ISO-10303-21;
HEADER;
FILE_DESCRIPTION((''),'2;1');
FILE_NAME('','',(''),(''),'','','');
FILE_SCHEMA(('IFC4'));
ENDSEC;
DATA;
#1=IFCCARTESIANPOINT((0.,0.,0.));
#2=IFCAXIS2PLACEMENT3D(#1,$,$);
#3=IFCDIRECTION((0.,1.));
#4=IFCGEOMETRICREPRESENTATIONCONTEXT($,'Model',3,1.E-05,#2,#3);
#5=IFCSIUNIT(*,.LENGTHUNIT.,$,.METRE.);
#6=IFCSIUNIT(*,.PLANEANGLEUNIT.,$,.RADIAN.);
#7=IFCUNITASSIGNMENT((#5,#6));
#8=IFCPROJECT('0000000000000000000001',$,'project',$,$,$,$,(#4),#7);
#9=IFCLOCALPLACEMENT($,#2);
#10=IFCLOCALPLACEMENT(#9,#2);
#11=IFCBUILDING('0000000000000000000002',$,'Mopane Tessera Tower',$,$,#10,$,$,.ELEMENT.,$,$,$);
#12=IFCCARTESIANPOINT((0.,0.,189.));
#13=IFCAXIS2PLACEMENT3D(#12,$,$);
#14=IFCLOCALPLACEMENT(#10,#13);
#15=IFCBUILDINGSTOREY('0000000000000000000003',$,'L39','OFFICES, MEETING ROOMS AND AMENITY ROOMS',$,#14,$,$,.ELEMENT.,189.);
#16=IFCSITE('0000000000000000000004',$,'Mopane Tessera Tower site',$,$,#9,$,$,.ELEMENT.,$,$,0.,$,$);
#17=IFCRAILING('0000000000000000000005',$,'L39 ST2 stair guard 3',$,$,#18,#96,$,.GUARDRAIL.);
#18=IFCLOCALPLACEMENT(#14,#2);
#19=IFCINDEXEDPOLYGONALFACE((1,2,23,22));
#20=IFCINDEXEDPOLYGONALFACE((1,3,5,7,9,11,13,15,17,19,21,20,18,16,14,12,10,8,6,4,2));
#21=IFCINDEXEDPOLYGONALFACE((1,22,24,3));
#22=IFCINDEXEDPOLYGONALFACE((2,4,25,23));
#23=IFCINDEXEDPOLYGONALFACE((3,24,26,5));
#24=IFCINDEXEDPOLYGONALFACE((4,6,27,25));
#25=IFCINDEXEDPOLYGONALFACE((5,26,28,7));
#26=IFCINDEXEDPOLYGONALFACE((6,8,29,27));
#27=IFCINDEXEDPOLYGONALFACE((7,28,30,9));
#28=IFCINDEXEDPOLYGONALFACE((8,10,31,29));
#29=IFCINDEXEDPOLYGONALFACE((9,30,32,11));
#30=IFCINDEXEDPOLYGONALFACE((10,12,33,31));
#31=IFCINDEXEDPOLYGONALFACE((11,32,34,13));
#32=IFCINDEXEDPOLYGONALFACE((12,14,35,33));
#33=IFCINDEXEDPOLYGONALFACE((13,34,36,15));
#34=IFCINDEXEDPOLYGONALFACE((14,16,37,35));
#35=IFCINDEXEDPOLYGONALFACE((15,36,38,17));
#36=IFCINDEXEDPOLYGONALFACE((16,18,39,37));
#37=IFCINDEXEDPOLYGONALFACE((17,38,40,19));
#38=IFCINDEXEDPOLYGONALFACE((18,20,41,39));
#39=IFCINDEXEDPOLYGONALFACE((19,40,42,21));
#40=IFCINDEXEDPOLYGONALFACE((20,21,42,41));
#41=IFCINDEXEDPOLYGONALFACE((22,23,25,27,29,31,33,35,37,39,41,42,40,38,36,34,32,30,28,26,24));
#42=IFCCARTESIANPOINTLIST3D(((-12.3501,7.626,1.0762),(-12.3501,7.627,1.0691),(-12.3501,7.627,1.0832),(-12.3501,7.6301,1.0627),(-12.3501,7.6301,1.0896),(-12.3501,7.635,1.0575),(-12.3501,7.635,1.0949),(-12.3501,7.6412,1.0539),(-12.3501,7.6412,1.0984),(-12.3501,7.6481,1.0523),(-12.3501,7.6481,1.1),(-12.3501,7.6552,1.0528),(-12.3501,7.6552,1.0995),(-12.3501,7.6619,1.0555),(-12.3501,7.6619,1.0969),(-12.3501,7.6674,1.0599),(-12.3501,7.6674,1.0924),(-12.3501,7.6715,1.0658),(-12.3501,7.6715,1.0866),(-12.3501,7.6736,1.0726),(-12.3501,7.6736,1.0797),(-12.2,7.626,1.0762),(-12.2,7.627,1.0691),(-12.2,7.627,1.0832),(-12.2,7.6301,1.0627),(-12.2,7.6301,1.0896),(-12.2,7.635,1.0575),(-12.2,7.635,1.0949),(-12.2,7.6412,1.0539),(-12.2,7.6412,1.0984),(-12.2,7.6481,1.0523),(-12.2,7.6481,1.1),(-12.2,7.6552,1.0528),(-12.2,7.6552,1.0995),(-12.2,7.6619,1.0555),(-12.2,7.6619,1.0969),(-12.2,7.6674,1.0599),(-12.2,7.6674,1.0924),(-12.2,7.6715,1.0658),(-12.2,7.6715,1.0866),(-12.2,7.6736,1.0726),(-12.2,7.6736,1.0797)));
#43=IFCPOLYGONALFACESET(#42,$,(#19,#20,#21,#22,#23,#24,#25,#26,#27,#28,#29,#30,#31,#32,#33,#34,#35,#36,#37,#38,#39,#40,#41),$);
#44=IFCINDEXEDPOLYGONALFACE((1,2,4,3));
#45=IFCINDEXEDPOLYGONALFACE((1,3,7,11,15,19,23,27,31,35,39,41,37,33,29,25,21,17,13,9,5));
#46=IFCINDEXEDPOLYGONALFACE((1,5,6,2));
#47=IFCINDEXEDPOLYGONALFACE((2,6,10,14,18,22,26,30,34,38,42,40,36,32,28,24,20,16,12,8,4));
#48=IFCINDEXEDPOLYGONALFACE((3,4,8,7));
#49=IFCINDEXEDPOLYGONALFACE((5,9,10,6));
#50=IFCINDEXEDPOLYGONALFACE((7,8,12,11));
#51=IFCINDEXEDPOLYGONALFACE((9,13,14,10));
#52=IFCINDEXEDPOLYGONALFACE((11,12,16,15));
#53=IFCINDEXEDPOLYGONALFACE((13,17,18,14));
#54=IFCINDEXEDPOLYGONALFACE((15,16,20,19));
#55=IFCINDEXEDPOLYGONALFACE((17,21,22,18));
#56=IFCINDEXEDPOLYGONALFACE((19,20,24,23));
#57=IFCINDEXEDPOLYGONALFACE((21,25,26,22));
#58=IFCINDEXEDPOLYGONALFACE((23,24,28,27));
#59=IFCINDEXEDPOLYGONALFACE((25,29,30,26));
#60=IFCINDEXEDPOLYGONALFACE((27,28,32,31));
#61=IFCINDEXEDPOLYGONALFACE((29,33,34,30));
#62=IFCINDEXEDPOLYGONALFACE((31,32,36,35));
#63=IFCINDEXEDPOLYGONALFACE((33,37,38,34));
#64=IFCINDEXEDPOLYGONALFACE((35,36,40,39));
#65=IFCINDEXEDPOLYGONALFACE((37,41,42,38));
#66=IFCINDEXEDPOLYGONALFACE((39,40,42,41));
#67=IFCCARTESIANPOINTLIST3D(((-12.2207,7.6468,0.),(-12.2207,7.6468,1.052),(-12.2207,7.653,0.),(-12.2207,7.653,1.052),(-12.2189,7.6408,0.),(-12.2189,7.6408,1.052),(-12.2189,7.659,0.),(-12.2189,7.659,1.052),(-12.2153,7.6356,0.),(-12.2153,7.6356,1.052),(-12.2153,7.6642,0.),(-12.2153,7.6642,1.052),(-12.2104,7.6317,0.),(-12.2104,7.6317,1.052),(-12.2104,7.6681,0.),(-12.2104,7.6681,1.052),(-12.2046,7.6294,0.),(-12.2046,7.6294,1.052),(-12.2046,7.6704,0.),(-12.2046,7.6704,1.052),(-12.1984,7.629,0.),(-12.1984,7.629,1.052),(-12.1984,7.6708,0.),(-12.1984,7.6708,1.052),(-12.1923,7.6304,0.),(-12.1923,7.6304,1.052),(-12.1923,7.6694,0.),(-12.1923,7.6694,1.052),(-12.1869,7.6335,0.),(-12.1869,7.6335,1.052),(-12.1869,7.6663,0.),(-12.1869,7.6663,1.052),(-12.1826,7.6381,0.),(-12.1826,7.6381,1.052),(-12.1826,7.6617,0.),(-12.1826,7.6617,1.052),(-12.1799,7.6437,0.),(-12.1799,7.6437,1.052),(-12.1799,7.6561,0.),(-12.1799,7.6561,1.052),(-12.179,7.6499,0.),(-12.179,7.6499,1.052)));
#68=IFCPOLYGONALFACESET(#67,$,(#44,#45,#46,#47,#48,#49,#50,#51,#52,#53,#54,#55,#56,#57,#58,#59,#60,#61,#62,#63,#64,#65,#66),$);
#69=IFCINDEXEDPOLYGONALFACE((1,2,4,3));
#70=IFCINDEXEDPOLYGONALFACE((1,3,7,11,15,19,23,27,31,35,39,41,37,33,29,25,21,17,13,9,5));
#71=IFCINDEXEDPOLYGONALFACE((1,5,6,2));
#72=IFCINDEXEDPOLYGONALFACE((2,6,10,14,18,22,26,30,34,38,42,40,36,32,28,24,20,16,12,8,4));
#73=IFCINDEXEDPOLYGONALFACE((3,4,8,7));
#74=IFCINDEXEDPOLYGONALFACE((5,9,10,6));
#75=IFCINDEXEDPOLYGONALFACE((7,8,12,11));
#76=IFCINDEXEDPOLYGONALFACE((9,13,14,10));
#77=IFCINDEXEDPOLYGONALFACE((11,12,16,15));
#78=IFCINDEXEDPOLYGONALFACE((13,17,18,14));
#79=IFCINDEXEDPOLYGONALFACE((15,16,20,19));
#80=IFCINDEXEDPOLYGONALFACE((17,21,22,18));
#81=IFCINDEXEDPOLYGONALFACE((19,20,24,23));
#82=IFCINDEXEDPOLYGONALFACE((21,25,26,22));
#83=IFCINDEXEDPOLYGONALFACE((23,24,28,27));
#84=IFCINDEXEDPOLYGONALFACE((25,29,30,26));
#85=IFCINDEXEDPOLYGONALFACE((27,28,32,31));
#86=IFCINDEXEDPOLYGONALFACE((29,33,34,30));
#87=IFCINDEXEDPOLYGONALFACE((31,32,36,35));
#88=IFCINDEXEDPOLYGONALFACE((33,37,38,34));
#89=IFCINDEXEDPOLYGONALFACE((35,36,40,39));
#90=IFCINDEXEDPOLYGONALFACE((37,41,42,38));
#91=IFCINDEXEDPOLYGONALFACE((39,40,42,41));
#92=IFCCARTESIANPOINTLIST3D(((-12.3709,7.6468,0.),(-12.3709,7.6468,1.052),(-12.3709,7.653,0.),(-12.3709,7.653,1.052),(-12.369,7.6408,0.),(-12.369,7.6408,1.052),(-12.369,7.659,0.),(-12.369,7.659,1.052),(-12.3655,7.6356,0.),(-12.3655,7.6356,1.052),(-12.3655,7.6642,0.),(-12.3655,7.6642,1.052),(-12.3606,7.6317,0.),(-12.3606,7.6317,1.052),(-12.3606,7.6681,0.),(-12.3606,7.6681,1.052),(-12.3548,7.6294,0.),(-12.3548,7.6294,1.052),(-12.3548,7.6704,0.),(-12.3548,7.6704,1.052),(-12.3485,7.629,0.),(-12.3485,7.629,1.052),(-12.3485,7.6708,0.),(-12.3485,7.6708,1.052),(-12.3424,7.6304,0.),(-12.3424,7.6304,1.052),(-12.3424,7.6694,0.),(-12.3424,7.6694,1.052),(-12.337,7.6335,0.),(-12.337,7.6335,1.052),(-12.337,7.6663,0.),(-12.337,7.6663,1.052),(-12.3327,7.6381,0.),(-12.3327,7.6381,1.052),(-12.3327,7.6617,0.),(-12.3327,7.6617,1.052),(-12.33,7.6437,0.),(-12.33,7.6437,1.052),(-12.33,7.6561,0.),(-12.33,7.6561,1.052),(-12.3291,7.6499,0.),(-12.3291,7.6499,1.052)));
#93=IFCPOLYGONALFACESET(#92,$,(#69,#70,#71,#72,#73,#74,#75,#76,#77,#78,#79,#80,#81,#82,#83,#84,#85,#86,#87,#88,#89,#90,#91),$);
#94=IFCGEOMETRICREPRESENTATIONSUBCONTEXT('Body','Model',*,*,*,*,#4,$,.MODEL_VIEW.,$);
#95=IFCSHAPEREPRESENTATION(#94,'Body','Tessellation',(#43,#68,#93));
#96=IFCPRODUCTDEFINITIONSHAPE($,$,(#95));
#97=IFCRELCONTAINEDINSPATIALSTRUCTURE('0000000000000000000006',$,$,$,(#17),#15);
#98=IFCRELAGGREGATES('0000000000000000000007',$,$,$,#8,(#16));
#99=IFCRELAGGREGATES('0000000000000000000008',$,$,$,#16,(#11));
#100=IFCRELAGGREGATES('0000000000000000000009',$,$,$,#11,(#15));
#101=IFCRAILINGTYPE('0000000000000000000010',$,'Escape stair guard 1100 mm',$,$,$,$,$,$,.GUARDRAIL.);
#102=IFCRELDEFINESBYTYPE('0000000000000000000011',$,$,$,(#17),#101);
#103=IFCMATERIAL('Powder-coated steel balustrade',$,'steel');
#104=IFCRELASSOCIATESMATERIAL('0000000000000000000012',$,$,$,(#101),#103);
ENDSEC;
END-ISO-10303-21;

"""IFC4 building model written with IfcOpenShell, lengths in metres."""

from ifc_helpers import new_model, si_unit, direction, frame, origin, origin_2d, place, context, subcontext, project, spatial, circle, extrude, material, type_object, element, save


model = new_model("IFC4")

# Units and contexts
model_context = context("Model", 3, precision=1e-05, world=origin(), true_north=direction((0.0, 1.0)))
body_context = subcontext(model_context, "Body", "Model", "MODEL_VIEW")
ifc_project = project(units=[si_unit("LENGTHUNIT", "METRE"), si_unit("PLANEANGLEUNIT", "RADIAN")], contexts=[model_context])

# Site, building, storey
site_placement = place(None, origin())
site = spatial("IfcSite", under=ifc_project, at=site_placement, Name="Mopane Tessera Tower site", CompositionType="ELEMENT", RefElevation=0.0)
building_placement = place(site_placement, origin())
building = spatial("IfcBuilding", under=site, at=building_placement, Name="Mopane Tessera Tower", CompositionType="ELEMENT")
storey_placement = place(building_placement, frame((0.0, 0.0, 189.0)))
storey = spatial("IfcBuildingStorey", under=building, at=storey_placement, Name="L39", Description="OFFICES, MEETING ROOMS AND AMENITY ROOMS", CompositionType="ELEMENT", Elevation=189.0)

# Railing
ifc_material_1 = material(Name="Powder-coated steel balustrade", Category="steel")
railing_type = type_object("IfcRailingType", Name="Escape stair guard 1100 mm", PredefinedType="GUARDRAIL", material=ifc_material_1)
railing_1_placement = place(storey_placement, frame((-12.2, 7.6499, 0.0)))
element("IfcRailing", 1, at=railing_1_placement, inside=storey, type_object=railing_type, Name="L39 ST2 stair guard 3", PredefinedType="GUARDRAIL", context=body_context, shape_type="SweptSolid", body=[
    extrude(circle(Radius=0.0239, at=origin_2d()), frame((0.0, 0.0, 1.0762), z_axis=(-1.0, 0.0, 0.0), x_axis=(0.0, -1.0, 0.0)), (0.0, 0.0, 1.0), 0.1501),
    extrude(circle(Radius=0.021, at=origin_2d()), origin(), (0.0, 0.0, 1.0), 1.052),
    extrude(circle(Radius=0.021, at=origin_2d()), frame((-0.1501, 0.0, 0.0)), (0.0, 0.0, 1.0), 1.052),
])

save(model, "model.ifc")
